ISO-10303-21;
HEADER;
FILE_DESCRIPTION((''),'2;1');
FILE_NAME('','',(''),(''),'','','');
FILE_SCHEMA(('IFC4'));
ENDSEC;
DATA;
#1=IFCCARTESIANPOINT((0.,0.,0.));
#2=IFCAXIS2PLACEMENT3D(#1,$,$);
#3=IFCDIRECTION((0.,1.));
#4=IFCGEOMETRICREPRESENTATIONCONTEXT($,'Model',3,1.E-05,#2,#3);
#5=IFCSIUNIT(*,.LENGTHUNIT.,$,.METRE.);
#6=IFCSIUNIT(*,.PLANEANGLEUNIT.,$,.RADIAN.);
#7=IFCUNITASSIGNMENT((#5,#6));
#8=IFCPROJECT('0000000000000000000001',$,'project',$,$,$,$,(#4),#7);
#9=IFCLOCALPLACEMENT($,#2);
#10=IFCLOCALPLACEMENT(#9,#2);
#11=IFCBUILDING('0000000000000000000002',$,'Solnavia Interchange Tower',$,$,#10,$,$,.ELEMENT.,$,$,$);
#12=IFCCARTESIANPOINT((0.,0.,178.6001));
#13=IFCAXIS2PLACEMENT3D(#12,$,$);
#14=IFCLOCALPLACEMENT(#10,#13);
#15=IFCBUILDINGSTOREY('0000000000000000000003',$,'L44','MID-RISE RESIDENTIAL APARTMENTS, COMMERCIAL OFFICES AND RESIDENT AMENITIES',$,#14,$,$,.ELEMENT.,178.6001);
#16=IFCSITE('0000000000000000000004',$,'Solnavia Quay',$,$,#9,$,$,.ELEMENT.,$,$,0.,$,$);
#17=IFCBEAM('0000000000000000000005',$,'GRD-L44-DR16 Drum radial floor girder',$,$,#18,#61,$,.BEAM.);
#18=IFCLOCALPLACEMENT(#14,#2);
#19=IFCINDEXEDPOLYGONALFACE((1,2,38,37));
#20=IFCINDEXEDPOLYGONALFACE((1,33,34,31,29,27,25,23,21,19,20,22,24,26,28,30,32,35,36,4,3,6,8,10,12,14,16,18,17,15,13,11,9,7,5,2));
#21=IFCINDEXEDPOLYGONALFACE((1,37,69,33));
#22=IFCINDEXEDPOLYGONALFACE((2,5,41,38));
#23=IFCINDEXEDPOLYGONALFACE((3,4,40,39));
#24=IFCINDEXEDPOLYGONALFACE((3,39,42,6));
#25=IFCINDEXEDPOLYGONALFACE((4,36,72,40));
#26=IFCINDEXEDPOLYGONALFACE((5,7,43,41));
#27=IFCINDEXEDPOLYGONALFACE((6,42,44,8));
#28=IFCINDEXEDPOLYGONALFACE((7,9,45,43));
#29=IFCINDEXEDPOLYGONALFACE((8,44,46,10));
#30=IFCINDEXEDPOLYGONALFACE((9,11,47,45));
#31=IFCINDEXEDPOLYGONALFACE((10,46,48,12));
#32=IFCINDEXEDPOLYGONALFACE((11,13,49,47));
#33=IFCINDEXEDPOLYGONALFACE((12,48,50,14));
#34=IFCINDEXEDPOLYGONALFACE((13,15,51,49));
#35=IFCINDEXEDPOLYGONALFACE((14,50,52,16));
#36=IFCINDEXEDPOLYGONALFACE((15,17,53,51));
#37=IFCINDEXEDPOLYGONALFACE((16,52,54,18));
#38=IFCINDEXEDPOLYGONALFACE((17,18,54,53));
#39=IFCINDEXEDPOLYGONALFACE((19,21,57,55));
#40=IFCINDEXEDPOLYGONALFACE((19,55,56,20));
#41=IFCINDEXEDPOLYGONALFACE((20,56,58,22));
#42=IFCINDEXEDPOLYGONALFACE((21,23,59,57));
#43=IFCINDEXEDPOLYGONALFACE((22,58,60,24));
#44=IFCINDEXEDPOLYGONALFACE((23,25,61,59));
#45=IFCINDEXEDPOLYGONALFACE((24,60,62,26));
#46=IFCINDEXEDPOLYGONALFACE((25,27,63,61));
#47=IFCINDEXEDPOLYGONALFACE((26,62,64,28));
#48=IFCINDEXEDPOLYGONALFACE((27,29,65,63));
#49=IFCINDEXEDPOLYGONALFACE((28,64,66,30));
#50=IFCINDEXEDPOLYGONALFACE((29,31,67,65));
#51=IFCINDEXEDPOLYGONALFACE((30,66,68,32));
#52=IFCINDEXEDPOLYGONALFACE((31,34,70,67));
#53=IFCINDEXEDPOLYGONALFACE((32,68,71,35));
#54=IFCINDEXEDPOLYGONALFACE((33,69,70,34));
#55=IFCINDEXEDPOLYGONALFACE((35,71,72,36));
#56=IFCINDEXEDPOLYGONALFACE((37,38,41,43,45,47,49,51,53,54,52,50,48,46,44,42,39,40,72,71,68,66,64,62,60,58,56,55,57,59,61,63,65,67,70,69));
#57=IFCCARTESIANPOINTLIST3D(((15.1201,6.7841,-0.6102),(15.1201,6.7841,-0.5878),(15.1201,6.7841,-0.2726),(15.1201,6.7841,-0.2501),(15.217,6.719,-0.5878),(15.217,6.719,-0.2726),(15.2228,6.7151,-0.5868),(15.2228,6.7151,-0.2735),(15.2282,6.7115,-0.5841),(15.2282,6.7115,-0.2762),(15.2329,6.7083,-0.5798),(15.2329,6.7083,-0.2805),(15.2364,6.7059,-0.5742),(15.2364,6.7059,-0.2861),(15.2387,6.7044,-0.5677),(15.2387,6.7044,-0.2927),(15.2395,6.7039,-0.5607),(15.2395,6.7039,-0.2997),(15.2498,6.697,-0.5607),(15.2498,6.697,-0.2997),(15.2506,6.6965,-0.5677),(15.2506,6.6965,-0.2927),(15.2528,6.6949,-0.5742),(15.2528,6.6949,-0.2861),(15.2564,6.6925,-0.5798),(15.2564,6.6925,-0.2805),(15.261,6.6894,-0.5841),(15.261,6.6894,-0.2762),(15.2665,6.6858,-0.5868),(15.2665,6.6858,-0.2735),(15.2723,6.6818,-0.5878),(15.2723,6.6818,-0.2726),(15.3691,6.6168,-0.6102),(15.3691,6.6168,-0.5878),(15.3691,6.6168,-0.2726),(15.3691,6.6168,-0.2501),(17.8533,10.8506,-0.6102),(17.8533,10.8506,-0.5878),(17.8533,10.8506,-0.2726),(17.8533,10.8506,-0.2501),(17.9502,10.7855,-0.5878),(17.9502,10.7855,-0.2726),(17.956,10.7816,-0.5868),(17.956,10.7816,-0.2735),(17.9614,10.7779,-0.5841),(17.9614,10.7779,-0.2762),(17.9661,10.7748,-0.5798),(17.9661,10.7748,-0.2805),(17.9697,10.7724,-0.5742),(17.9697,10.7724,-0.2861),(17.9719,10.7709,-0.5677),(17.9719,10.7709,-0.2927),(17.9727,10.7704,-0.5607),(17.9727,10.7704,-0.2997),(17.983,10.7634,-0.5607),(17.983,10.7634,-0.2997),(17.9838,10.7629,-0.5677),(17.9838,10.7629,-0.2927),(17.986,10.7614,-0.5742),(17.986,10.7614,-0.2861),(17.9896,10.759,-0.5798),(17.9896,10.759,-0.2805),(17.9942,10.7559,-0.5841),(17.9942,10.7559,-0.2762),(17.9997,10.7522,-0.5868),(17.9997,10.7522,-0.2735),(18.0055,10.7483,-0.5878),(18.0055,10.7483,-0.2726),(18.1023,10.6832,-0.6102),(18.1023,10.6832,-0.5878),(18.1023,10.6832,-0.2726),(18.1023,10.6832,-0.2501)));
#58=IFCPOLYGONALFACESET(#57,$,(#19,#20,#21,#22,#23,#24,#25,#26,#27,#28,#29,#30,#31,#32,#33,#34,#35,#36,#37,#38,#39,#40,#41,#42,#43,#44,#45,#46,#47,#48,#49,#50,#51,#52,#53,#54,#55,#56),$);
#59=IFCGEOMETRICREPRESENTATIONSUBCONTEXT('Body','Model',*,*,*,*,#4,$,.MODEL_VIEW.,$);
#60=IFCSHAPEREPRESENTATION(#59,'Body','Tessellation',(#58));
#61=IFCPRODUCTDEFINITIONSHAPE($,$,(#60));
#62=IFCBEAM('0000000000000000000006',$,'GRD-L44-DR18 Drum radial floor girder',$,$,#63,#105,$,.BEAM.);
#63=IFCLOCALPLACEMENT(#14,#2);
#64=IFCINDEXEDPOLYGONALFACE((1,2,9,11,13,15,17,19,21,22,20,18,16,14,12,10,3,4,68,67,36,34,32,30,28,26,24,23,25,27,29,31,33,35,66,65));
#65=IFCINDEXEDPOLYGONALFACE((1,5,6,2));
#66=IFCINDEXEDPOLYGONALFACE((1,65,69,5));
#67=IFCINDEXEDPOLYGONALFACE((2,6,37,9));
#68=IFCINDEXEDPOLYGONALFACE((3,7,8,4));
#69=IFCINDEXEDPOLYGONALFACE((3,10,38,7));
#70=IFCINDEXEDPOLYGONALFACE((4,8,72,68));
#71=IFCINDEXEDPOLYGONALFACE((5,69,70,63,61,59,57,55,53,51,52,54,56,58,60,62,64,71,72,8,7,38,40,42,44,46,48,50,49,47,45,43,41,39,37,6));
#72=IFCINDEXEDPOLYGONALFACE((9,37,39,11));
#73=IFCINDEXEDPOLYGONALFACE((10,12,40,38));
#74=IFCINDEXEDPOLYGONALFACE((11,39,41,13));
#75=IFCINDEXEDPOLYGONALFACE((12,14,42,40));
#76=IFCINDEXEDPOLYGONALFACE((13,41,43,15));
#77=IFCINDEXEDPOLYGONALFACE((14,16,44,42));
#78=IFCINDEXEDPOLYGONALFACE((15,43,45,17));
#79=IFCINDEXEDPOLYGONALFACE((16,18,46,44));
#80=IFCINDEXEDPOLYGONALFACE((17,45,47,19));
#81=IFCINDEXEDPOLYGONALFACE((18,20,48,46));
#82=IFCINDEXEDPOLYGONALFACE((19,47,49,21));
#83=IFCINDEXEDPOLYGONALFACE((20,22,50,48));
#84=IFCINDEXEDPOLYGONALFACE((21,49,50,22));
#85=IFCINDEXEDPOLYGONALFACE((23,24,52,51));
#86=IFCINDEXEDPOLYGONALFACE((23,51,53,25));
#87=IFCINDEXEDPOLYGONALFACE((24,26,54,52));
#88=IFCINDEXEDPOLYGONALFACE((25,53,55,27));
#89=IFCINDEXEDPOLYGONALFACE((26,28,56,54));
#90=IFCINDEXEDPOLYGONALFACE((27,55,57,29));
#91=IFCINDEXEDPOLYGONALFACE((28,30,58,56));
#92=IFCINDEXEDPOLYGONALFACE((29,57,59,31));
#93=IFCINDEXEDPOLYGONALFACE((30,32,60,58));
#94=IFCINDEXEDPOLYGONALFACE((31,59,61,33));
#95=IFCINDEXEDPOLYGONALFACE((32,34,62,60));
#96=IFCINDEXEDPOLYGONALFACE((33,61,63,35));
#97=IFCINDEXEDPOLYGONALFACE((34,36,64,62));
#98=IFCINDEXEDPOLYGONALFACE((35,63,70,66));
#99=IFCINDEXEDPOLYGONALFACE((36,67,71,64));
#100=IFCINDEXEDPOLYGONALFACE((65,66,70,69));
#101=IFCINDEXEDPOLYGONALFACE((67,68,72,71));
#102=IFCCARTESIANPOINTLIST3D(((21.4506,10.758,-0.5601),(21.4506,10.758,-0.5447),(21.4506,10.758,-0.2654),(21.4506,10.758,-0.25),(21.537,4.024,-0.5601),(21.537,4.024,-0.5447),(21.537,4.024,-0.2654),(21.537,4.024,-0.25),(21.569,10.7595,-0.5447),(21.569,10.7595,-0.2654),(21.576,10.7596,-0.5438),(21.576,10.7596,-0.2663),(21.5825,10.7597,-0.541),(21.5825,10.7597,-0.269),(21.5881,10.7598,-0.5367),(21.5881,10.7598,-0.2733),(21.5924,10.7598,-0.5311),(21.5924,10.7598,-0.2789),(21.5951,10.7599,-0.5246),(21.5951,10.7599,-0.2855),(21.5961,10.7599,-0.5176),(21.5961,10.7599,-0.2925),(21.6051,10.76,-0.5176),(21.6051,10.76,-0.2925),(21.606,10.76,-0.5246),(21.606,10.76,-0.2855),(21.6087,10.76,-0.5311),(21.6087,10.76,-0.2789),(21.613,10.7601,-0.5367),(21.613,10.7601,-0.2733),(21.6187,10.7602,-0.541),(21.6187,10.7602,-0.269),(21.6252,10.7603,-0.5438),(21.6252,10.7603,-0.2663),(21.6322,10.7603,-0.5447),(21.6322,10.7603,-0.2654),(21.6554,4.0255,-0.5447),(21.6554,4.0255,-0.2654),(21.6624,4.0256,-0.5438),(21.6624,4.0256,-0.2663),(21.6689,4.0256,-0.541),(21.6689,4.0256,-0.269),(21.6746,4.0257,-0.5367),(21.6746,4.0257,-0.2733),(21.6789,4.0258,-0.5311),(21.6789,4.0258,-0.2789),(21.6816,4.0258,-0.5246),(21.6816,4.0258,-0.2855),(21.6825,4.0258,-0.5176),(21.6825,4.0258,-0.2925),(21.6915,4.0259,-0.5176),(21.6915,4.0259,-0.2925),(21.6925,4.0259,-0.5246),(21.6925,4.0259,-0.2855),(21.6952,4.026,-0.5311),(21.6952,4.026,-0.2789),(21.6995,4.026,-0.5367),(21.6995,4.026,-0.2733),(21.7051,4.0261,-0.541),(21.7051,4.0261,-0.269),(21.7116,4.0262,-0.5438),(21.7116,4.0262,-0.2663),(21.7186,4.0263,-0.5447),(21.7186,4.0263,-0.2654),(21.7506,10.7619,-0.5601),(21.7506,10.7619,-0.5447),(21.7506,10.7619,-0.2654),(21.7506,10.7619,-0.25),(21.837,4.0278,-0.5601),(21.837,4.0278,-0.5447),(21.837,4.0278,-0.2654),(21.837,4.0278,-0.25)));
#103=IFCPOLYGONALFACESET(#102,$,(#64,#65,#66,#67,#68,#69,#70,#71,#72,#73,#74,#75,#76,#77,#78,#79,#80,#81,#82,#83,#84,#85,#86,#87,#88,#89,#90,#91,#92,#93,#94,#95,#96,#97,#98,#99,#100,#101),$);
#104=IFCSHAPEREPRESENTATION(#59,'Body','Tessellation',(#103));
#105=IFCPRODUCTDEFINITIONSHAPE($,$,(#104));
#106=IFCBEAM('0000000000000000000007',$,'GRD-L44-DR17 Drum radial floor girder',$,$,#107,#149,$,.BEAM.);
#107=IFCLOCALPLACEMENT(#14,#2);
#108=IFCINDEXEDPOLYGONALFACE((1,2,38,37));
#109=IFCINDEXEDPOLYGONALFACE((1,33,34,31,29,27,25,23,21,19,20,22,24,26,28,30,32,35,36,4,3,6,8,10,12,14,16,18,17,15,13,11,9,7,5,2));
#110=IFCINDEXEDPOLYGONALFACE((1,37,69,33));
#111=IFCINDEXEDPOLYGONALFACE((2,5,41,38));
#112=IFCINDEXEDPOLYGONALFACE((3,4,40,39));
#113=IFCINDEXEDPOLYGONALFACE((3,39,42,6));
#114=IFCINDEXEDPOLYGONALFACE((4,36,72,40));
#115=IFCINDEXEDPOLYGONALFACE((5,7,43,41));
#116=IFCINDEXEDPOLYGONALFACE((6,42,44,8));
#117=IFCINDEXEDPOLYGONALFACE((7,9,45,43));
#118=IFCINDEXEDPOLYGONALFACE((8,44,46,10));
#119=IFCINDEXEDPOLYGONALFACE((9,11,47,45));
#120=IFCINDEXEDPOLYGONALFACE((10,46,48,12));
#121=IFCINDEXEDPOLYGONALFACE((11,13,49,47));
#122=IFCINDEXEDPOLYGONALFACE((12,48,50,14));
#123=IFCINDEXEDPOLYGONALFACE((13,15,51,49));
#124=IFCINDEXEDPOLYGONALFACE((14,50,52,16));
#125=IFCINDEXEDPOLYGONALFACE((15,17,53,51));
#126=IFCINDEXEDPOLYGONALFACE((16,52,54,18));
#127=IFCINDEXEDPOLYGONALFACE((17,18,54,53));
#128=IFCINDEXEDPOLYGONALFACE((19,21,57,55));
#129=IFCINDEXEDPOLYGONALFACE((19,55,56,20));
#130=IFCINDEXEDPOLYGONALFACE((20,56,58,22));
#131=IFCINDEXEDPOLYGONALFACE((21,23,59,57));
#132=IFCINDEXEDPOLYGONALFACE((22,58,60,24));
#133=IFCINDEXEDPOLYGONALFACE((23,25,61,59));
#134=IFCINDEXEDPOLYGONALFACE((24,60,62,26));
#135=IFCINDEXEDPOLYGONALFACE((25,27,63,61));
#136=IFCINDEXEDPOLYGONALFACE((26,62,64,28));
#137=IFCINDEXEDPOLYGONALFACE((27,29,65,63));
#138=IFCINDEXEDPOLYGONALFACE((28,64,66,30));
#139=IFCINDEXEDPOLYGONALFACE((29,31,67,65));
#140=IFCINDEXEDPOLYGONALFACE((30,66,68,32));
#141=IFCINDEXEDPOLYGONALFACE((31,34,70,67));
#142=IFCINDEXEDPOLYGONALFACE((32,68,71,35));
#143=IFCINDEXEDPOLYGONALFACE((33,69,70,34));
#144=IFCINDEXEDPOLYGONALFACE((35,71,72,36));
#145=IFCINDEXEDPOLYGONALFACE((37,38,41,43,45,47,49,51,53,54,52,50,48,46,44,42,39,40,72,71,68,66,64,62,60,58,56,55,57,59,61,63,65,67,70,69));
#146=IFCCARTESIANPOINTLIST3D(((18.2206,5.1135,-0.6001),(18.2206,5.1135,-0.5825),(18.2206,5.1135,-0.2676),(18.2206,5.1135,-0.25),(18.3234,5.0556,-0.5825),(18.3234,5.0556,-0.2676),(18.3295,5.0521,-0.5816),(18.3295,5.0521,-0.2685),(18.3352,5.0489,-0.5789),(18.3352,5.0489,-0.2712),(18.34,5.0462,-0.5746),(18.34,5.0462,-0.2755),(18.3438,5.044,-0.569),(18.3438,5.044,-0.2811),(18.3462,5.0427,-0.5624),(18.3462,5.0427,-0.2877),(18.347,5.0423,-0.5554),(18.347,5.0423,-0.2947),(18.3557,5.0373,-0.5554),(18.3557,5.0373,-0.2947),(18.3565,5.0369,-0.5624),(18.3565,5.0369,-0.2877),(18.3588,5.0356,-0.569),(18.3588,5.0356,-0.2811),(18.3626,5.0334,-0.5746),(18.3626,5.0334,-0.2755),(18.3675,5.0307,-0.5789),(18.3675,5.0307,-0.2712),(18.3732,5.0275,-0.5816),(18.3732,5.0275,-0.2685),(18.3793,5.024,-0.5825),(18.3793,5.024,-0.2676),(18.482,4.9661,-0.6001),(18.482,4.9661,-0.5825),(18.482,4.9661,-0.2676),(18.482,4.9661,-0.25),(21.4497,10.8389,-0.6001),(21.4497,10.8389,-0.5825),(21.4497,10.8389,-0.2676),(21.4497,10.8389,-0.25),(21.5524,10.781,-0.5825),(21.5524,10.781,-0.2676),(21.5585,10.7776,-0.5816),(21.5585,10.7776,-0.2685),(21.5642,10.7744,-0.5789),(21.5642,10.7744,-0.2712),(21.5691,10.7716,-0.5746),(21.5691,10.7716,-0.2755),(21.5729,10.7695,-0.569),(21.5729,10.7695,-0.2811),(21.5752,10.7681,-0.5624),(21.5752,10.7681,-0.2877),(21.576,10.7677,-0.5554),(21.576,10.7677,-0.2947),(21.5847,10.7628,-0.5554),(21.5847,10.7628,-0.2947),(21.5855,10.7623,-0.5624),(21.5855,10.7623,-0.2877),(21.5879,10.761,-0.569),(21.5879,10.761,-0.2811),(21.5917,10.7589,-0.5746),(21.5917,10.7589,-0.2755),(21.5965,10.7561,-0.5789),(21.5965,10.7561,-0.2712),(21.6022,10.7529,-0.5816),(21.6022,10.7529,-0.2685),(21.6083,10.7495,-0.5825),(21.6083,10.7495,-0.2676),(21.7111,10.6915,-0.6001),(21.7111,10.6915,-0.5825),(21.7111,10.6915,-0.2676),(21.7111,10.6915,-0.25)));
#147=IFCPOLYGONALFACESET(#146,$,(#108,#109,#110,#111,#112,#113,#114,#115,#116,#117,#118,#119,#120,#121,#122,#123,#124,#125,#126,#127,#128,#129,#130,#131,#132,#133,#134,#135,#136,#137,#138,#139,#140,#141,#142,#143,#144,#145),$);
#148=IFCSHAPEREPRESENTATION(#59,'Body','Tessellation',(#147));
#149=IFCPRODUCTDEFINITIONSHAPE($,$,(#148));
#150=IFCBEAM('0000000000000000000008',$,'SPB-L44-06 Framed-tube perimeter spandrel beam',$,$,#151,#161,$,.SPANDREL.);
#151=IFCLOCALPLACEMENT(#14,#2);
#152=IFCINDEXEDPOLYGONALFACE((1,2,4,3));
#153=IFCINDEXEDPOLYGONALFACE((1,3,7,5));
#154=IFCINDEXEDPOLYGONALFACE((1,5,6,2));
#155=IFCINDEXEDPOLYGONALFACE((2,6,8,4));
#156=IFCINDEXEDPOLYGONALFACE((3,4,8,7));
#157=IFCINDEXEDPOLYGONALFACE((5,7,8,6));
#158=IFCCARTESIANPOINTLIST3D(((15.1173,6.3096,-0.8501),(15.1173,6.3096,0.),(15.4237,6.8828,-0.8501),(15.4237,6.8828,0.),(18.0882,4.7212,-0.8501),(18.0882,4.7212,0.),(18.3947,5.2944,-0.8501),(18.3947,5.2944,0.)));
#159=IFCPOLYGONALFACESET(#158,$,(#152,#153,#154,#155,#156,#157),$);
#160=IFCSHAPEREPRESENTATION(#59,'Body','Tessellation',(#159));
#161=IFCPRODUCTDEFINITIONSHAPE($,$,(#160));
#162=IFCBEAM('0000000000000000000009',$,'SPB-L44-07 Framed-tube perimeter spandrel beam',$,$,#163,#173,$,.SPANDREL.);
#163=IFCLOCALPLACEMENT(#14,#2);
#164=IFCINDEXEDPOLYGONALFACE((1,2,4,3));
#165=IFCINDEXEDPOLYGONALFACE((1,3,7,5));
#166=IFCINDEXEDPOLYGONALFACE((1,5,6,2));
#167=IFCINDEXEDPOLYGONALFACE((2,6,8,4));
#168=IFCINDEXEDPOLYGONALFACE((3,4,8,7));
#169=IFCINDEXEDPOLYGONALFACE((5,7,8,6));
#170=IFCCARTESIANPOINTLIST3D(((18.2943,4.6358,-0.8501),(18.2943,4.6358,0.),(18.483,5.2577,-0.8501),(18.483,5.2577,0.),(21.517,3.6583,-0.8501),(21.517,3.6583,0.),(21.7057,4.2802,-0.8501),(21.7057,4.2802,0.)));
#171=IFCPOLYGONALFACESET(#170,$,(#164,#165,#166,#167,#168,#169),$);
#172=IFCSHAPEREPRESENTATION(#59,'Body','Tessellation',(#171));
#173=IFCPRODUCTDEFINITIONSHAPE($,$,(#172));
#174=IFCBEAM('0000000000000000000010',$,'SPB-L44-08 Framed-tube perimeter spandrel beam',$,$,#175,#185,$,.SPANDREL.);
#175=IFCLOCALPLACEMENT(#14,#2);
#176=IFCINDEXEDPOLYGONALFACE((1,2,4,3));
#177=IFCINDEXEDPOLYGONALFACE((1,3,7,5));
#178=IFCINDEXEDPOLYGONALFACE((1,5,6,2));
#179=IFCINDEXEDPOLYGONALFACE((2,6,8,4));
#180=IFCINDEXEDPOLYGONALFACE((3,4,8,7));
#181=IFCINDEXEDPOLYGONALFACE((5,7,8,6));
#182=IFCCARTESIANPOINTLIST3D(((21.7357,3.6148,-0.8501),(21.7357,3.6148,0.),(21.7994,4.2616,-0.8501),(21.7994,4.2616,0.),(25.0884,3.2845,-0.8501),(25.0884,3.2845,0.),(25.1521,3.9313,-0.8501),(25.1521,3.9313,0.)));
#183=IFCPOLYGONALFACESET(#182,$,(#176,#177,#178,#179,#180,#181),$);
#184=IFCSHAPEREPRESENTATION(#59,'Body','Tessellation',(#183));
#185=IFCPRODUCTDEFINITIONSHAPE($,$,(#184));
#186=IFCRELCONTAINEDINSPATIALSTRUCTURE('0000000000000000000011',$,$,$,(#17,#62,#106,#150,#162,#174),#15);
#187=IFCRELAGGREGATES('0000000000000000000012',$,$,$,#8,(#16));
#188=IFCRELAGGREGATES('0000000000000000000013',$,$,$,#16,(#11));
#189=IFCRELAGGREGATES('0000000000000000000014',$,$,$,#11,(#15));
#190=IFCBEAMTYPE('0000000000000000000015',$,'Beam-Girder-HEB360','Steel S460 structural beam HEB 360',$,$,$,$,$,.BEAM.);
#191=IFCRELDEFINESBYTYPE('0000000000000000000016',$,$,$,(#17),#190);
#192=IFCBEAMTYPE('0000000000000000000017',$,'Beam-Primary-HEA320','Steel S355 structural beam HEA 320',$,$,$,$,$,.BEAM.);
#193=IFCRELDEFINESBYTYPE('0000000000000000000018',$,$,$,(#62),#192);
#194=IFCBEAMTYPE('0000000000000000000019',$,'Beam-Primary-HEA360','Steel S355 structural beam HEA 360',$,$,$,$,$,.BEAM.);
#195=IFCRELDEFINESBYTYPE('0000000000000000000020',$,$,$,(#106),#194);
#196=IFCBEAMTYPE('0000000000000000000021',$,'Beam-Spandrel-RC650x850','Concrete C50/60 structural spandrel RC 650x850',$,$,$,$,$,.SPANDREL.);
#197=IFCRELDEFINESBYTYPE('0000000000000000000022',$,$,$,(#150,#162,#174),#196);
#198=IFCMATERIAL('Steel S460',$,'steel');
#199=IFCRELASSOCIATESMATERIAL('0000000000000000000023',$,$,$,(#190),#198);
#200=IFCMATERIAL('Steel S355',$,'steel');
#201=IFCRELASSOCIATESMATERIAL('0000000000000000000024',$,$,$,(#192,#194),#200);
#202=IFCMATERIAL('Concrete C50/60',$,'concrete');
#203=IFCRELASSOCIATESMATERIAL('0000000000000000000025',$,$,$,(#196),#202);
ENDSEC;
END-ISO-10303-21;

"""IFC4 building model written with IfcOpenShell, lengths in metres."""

from ifc_helpers import new_model, si_unit, direction, frame, origin, origin_2d, place, context, subcontext, project, spatial, rectangle, i_section, extrude, material, material_profile, profile_set, type_object, element, save


model = new_model("IFC4")

# Units and contexts
model_context = context("Model", 3, precision=1e-05, world=origin(), true_north=direction((0.0, 1.0)))
body_context = subcontext(model_context, "Body", "Model", "MODEL_VIEW")
ifc_project = project(units=[si_unit("LENGTHUNIT", "METRE"), si_unit("PLANEANGLEUNIT", "RADIAN")], contexts=[model_context])

# Site, building, storey
site_placement = place(None, origin())
site = spatial("IfcSite", under=ifc_project, at=site_placement, Name="Solnavia Quay", CompositionType="ELEMENT", RefElevation=0.0)
building_placement = place(site_placement, origin())
building = spatial("IfcBuilding", under=site, at=building_placement, Name="Solnavia Interchange Tower", CompositionType="ELEMENT")
storey_placement = place(building_placement, frame((0.0, 0.0, 178.6001)))
storey = spatial("IfcBuildingStorey", under=building, at=storey_placement, Name="L44", Description="MID-RISE RESIDENTIAL APARTMENTS, COMMERCIAL OFFICES AND RESIDENT AMENITIES", CompositionType="ELEMENT", Elevation=178.6001)

# Shared definitions
ifc_material_1 = material(Name="Concrete C50/60", Category="concrete")
ifc_material_2 = material(Name="Steel S355", Category="steel")

# Beams
ifc_material_3 = material(Name="Steel S460", Category="steel")
ifc_material_profile_1 = material_profile(ifc_material_3, i_section(OverallWidth=0.3, OverallDepth=0.3601, WebThickness=0.0125, FlangeThickness=0.0225, FilletRadius=0.0271, at=origin_2d()), Name="HEB 360")
ifc_profile_set_1 = profile_set([ifc_material_profile_1], Name="Steel S460")
beam_type_1 = type_object("IfcBeamType", Name="Beam-Girder-HEB360", Description="Steel S460 structural beam HEB 360", PredefinedType="BEAM", material=ifc_profile_set_1)
beam_1_placement = place(storey_placement, frame((15.2446, 6.7004, -0.4302), z_axis=(0.557835, 0.829952, 0.0), x_axis=(-0.829952, 0.557835, 0.0)))
element("IfcBeam", 1, at=beam_1_placement, inside=storey, type_object=beam_type_1, Name="GRD-L44-DR16 Drum radial floor girder", PredefinedType="BEAM", context=body_context, shape_type="SweptSolid", body=[
    extrude(i_section(OverallWidth=0.3, OverallDepth=0.3601, WebThickness=0.0125, FlangeThickness=0.0225, FilletRadius=0.0271, at=origin_2d()), origin(), (0.0, 0.0, 1.0), 4.8997),
])
ifc_material_profile_2 = material_profile(ifc_material_2, i_section(OverallWidth=0.3, OverallDepth=0.3101, WebThickness=0.009, FlangeThickness=0.0154, FilletRadius=0.0271, at=origin_2d()), Name="HEA 320")
ifc_profile_set_2 = profile_set([ifc_material_profile_2], Name="Steel S355")
beam_type_2 = type_object("IfcBeamType", Name="Beam-Primary-HEA320", Description="Steel S355 structural beam HEA 320", PredefinedType="BEAM", material=ifc_profile_set_2)
beam_2_placement = place(storey_placement, frame((21.687, 4.0259, -0.405), z_axis=(-0.012833, 0.999918, 0.0), x_axis=(-0.999918, -0.012833, 0.0)))
element("IfcBeam", 2, at=beam_2_placement, inside=storey, type_object=beam_type_2, Name="GRD-L44-DR18 Drum radial floor girder", PredefinedType="BEAM", context=body_context, shape_type="SweptSolid", body=[
    extrude(i_section(OverallWidth=0.3, OverallDepth=0.3101, WebThickness=0.009, FlangeThickness=0.0154, FilletRadius=0.0271, at=origin_2d()), origin(), (0.0, 0.0, 1.0), 6.7346),
])
ifc_material_profile_3 = material_profile(ifc_material_2, i_section(OverallWidth=0.3, OverallDepth=0.3501, WebThickness=0.01, FlangeThickness=0.0176, FilletRadius=0.0271, at=origin_2d()), Name="HEA 360")
ifc_profile_set_3 = profile_set([ifc_material_profile_3], Name="Steel S355")
beam_type_3 = type_object("IfcBeamType", Name="Beam-Primary-HEA360", Description="Steel S355 structural beam HEA 360", PredefinedType="BEAM", material=ifc_profile_set_3)
beam_3_placement = place(storey_placement, frame((18.3513, 5.0398, -0.425), z_axis=(0.491243, 0.871022, 0.0), x_axis=(-0.871022, 0.491243, 0.0)))
element("IfcBeam", 3, at=beam_3_placement, inside=storey, type_object=beam_type_3, Name="GRD-L44-DR17 Drum radial floor girder", PredefinedType="BEAM", context=body_context, shape_type="SweptSolid", body=[
    extrude(i_section(OverallWidth=0.3, OverallDepth=0.3501, WebThickness=0.01, FlangeThickness=0.0176, FilletRadius=0.0271, at=origin_2d()), origin(), (0.0, 0.0, 1.0), 6.5732),
])
ifc_material_profile_4 = material_profile(ifc_material_1, rectangle(XDim=0.6499, YDim=0.8501, at=origin_2d()), Name="RC 650x850")
ifc_profile_set_4 = profile_set([ifc_material_profile_4], Name="Concrete C50/60")
beam_type_4 = type_object("IfcBeamType", Name="Beam-Spandrel-RC650x850", Description="Concrete C50/60 structural spandrel RC 650x850", PredefinedType="SPANDREL", material=ifc_profile_set_4)
beam_4_placement = place(storey_placement, frame((15.2705, 6.5962, -0.425), z_axis=(0.881875, -0.471483, 0.0), x_axis=(0.471483, 0.881875, 0.0)))
element("IfcBeam", 4, at=beam_4_placement, inside=storey, type_object=beam_type_4, Name="SPB-L44-06 Framed-tube perimeter spandrel beam", PredefinedType="SPANDREL", context=body_context, shape_type="SweptSolid", body=[
    extrude(rectangle(XDim=0.6499, YDim=0.8501, at=origin_2d()), origin(), (0.0, 0.0, 1.0), 3.3689),
])
beam_5_placement = place(storey_placement, frame((18.3887, 4.9468, -0.425), z_axis=(0.956944, -0.290273, 0.0), x_axis=(0.290273, 0.956944, 0.0)))
element("IfcBeam", 5, at=beam_5_placement, inside=storey, type_object=beam_type_4, Name="SPB-L44-07 Framed-tube perimeter spandrel beam", PredefinedType="SPANDREL", context=body_context, shape_type="SweptSolid", body=[
    extrude(rectangle(XDim=0.6499, YDim=0.8501, at=origin_2d()), origin(), (0.0, 0.0, 1.0), 3.3677),
])
beam_6_placement = place(storey_placement, frame((21.7676, 3.9382, -0.425), z_axis=(0.995182, -0.098047, 0.0), x_axis=(0.098047, 0.995182, 0.0)))
element("IfcBeam", 6, at=beam_6_placement, inside=storey, type_object=beam_type_4, Name="SPB-L44-08 Framed-tube perimeter spandrel beam", PredefinedType="SPANDREL", context=body_context, shape_type="SweptSolid", body=[
    extrude(rectangle(XDim=0.6499, YDim=0.8501, at=origin_2d()), origin(), (0.0, 0.0, 1.0), 3.3689),
])

save(model, "model.ifc")
